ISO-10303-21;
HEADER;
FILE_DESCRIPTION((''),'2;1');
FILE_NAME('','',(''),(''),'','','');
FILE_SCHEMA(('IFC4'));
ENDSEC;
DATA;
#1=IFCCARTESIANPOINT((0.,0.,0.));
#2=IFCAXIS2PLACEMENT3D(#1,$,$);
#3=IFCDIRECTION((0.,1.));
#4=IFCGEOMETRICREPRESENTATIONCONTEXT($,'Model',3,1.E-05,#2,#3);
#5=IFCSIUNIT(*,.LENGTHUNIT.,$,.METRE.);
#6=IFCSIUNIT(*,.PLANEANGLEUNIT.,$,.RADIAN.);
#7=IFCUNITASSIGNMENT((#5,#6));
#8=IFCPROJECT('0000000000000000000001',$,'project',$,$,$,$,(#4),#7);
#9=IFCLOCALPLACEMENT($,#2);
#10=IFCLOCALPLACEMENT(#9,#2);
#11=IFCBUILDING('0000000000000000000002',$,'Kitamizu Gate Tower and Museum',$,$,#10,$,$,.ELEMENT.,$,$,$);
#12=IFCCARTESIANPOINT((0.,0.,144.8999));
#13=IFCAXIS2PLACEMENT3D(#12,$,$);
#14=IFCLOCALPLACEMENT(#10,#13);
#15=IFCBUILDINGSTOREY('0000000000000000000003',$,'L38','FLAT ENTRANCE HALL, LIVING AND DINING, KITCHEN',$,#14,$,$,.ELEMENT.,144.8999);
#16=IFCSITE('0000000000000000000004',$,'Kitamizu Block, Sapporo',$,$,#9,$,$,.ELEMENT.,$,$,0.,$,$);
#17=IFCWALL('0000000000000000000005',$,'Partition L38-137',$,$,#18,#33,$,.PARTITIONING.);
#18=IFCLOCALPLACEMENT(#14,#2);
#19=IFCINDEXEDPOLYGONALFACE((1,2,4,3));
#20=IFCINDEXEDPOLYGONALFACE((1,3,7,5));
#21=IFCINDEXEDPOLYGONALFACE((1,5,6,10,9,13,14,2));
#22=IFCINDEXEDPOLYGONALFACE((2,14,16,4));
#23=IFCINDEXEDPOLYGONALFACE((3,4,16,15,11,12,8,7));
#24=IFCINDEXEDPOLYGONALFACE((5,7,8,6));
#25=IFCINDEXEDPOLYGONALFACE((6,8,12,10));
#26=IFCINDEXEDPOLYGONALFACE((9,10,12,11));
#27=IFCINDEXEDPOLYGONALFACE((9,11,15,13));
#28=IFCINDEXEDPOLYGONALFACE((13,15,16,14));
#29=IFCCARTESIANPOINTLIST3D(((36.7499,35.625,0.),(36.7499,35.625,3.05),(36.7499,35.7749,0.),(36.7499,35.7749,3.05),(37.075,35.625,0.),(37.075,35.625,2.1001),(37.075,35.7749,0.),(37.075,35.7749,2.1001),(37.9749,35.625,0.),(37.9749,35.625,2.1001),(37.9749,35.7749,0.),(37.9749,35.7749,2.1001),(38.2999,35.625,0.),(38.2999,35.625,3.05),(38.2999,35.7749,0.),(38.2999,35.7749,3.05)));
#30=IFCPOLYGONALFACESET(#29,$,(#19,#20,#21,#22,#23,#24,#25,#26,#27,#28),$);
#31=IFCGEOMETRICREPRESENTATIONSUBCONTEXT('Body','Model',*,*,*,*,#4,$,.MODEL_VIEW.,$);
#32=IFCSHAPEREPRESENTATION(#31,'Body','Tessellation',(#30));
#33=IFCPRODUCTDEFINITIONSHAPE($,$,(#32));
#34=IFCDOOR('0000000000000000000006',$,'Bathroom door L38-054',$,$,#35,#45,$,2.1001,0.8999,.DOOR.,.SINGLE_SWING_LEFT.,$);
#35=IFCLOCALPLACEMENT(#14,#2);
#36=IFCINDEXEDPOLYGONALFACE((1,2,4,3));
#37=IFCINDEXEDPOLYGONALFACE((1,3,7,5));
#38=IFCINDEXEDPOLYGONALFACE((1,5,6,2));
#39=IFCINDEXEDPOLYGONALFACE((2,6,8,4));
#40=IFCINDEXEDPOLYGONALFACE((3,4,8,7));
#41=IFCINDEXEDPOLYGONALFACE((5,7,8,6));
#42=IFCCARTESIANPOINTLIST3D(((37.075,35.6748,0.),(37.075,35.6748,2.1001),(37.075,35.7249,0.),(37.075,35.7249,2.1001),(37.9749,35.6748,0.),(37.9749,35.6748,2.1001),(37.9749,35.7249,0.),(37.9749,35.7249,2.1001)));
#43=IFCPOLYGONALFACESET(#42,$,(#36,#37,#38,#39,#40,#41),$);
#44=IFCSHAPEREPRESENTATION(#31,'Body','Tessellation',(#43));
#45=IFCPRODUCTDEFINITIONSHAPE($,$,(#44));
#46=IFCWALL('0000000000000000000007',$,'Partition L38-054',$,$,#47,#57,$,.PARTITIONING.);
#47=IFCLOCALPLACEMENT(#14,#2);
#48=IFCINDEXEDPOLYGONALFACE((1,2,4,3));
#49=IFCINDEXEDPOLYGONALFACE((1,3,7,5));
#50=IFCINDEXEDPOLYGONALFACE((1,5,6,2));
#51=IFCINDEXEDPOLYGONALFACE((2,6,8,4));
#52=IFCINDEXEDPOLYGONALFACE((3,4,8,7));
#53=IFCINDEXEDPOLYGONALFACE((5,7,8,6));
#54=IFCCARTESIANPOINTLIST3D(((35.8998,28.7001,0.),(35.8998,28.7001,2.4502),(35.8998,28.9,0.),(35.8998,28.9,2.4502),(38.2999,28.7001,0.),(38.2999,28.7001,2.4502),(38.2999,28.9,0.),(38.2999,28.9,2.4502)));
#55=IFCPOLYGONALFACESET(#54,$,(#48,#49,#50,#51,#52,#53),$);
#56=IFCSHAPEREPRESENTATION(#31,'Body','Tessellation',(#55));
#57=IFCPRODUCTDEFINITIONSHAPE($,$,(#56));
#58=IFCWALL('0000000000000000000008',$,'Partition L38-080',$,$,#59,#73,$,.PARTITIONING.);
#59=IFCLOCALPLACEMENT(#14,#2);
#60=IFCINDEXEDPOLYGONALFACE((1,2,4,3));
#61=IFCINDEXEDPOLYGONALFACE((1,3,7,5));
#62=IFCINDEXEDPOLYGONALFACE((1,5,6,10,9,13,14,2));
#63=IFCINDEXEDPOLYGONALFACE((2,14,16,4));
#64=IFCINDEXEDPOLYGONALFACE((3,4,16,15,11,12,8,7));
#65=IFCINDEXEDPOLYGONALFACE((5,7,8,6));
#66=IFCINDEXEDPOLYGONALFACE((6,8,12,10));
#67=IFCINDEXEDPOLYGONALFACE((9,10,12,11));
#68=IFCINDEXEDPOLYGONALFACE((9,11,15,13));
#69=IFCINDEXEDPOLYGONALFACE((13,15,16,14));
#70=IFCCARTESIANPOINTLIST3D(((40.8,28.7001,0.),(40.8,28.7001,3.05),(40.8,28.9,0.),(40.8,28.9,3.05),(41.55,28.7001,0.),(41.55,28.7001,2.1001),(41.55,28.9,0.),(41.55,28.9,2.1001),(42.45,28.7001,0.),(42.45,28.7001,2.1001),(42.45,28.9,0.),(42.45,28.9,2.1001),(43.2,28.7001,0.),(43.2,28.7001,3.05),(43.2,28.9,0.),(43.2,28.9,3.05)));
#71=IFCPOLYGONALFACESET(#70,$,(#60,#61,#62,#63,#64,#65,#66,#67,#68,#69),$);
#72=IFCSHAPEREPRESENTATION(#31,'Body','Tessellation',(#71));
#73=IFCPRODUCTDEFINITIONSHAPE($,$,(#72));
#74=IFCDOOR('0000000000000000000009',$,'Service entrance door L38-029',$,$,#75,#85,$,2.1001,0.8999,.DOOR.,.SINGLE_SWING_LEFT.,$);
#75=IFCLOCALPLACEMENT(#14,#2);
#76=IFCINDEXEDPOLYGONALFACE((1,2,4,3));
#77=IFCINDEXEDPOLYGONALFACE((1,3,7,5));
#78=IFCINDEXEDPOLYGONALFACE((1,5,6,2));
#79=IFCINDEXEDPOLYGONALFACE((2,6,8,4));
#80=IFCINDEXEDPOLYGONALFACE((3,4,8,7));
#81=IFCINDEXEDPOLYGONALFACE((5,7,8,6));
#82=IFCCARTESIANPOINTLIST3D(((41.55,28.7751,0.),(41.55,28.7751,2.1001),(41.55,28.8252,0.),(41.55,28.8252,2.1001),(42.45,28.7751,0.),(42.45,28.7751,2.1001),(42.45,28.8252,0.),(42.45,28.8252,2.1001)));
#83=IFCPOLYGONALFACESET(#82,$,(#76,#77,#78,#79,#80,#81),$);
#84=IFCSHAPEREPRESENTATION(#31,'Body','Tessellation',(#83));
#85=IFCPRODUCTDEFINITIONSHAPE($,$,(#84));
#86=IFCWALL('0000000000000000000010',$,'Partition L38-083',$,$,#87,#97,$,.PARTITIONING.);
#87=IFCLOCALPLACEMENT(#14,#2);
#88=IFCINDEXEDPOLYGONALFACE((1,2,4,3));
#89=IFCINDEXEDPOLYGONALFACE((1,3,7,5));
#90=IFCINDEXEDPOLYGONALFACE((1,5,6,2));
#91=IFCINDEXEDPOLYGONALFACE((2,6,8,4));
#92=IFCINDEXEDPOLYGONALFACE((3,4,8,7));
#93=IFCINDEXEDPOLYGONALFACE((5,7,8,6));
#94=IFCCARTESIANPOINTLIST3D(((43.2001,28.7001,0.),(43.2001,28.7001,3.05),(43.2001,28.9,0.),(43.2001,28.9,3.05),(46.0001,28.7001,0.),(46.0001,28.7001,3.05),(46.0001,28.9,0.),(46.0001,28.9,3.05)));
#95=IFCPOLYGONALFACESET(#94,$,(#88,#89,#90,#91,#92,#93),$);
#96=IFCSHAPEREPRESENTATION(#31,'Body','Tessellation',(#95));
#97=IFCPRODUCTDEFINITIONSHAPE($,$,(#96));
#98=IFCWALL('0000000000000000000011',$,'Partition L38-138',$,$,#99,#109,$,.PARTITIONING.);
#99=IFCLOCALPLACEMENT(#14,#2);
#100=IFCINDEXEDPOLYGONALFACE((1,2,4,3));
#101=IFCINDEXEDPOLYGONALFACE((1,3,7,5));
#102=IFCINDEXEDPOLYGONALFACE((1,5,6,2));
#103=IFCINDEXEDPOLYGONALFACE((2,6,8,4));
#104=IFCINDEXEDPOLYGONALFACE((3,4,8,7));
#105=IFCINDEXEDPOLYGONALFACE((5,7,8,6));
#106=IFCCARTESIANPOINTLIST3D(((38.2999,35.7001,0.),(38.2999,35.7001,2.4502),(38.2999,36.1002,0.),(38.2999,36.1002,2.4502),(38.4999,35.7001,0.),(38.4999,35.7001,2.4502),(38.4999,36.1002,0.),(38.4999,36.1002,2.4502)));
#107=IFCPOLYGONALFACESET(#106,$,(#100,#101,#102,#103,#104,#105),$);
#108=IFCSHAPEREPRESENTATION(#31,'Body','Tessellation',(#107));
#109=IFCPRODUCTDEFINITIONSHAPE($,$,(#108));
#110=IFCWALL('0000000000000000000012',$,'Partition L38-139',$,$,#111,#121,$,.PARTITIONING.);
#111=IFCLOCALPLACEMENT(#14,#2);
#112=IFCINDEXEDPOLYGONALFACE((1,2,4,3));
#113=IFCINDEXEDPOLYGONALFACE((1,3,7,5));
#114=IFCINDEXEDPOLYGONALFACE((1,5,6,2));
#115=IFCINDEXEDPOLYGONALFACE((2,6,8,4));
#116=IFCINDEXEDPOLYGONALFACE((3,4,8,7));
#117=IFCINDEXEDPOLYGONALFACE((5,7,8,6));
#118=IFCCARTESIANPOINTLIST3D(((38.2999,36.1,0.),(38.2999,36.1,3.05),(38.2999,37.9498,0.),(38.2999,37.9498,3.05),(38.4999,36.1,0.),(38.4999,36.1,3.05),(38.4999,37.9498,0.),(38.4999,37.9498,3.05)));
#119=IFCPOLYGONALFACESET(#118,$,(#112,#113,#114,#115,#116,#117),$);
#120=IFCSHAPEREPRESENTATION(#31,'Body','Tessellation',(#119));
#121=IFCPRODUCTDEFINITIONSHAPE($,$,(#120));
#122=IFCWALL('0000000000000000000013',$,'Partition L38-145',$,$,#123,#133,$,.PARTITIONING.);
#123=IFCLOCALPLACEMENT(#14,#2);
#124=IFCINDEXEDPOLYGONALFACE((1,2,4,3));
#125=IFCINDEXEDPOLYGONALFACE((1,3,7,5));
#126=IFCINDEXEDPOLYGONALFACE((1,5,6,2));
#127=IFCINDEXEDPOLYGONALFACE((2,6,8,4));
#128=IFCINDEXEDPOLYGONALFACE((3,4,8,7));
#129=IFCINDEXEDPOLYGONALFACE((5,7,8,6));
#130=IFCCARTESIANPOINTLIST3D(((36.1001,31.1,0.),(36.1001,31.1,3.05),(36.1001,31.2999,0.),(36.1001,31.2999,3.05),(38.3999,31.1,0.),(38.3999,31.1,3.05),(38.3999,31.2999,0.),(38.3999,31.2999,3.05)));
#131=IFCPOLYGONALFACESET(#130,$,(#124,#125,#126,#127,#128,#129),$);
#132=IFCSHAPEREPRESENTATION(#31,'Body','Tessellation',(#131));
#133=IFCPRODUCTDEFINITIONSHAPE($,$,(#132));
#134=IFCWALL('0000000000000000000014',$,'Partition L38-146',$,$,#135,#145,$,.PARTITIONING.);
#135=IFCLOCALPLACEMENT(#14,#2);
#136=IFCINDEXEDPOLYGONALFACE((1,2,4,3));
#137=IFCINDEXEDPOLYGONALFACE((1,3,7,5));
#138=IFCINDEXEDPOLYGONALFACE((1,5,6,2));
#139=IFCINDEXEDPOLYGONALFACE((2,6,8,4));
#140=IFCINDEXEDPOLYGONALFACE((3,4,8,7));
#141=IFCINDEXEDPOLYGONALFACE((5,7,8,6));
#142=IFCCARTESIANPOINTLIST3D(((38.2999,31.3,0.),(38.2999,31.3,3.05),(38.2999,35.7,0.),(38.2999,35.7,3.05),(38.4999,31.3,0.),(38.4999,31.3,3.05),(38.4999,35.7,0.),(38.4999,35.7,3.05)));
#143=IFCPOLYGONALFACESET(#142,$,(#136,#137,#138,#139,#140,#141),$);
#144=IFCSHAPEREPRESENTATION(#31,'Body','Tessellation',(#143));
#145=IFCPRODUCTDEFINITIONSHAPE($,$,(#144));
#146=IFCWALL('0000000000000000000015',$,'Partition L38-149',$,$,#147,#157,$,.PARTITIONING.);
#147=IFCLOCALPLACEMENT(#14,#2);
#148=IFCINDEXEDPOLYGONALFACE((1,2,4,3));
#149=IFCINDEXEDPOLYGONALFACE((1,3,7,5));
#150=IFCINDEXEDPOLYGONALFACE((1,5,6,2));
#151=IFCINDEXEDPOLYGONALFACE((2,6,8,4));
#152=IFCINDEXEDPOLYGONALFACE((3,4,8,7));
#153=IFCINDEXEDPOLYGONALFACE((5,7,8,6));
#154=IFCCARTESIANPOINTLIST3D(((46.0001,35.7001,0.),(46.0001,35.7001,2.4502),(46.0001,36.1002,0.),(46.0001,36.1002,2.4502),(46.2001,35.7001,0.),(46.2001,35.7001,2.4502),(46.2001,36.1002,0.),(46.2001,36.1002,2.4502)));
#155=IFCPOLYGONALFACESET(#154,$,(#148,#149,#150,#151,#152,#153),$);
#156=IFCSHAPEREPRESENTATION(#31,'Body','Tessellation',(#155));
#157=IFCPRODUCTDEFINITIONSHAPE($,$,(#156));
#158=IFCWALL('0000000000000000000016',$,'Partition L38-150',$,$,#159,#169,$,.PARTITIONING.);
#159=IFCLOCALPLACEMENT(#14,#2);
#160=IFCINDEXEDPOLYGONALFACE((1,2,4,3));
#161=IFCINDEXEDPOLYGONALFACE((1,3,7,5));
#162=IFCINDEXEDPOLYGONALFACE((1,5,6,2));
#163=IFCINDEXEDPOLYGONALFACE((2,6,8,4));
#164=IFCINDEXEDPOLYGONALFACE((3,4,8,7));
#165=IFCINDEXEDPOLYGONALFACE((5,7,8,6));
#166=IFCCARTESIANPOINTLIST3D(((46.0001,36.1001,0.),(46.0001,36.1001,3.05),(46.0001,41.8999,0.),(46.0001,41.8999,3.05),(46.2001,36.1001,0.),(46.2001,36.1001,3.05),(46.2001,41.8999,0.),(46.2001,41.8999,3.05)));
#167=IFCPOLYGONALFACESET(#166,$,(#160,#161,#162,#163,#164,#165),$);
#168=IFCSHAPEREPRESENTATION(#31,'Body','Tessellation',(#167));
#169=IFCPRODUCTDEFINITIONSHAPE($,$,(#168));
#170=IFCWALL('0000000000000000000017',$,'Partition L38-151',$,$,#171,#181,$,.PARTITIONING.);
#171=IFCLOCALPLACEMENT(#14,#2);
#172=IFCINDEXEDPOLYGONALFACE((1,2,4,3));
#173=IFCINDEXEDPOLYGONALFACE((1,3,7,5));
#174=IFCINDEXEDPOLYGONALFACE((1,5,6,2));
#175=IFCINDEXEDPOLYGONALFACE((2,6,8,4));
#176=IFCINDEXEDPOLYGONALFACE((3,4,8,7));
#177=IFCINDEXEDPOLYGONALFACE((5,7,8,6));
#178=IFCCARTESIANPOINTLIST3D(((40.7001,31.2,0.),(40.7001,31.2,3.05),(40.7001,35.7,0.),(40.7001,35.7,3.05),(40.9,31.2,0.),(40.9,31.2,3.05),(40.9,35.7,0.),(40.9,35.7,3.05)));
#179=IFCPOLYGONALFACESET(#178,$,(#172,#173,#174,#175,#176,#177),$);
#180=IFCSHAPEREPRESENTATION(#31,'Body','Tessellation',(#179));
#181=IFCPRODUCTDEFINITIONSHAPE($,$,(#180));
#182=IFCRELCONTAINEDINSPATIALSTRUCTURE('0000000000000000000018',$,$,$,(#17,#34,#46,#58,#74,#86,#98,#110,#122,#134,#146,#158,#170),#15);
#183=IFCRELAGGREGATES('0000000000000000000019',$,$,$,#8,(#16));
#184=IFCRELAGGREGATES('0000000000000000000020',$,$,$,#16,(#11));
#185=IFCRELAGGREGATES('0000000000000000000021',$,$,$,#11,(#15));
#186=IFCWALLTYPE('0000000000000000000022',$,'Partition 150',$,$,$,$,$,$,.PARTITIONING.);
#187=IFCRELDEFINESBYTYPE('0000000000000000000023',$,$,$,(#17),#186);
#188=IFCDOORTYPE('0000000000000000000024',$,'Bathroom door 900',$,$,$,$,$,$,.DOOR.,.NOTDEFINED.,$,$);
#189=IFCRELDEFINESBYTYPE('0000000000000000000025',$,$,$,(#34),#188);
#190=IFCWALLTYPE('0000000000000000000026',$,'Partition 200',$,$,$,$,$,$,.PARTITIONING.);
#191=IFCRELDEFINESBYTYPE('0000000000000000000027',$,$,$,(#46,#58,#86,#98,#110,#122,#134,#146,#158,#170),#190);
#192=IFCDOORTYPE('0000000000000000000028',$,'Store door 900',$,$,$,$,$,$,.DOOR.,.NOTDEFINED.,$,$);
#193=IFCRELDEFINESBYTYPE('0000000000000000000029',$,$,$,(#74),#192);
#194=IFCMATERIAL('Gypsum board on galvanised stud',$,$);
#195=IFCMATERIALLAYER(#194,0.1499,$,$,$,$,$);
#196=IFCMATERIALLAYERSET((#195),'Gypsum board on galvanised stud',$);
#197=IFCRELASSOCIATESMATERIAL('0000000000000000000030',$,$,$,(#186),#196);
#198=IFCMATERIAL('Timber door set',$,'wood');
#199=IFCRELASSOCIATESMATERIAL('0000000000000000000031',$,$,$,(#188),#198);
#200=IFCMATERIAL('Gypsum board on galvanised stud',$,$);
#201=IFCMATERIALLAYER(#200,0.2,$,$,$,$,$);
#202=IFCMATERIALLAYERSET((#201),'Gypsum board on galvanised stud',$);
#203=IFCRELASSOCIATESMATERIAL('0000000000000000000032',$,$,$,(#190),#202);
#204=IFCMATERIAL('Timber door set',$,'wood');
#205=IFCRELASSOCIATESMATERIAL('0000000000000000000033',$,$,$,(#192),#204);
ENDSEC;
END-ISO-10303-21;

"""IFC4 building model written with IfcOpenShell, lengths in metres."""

from ifc_helpers import new_model, si_unit, direction, frame, frame_2d, origin, place, context, subcontext, project, spatial, rectangle, extrude, material, layer, layer_set, type_object, element, fill, save


model = new_model("IFC4")

# Units and contexts
model_context = context("Model", 3, precision=1e-05, world=origin(), true_north=direction((0.0, 1.0)))
body_context = subcontext(model_context, "Body", "Model", "MODEL_VIEW")
ifc_project = project(units=[si_unit("LENGTHUNIT", "METRE"), si_unit("PLANEANGLEUNIT", "RADIAN")], contexts=[model_context])

# Site, building, storey
site_placement = place(None, origin())
site = spatial("IfcSite", under=ifc_project, at=site_placement, Name="Kitamizu Block, Sapporo", CompositionType="ELEMENT", RefElevation=0.0)
building_placement = place(site_placement, origin())
building = spatial("IfcBuilding", under=site, at=building_placement, Name="Kitamizu Gate Tower and Museum", CompositionType="ELEMENT")
storey_placement = place(building_placement, frame((0.0, 0.0, 144.8999)))
storey = spatial("IfcBuildingStorey", under=building, at=storey_placement, Name="L38", Description="FLAT ENTRANCE HALL, LIVING AND DINING, KITCHEN", CompositionType="ELEMENT", Elevation=144.8999)

# Shared definitions
ifc_material_1 = material(Name="Gypsum board on galvanised stud")
ifc_layer_1 = layer(ifc_material_1, 0.1499)
ifc_layer_set_1 = layer_set([ifc_layer_1], Name="Gypsum board on galvanised stud")
wall_type_1 = type_object("IfcWallType", Name="Partition 150", PredefinedType="PARTITIONING", material=ifc_layer_set_1)

# Wall, opening, door
wall_1_placement = place(storey_placement, frame((36.75, 35.7, 0.0), z_axis=(0.0, 0.0, 1.0), x_axis=(1.0, 0.0, 0.0)))
wall_1 = element("IfcWall", 1, at=wall_1_placement, inside=storey, type_object=wall_type_1, Name="Partition L38-137", PredefinedType="PARTITIONING", context=body_context, shape_type="SweptSolid", body=[
    extrude(rectangle(XDim=1.55, YDim=0.1499, at=frame_2d((0.7749, 0.0))), origin(), (0.0, 0.0, 1.0), 3.05),
])
opening_1_placement = place(wall_1_placement, frame((0.325, 0.0, 0.0)))
opening_1 = element("IfcOpeningElement", 2, at=opening_1_placement, cuts=wall_1, PredefinedType="OPENING", context=body_context, shape_type="SweptSolid", body=[
    extrude(rectangle(XDim=0.8999, YDim=2.1001, at=frame_2d((0.45, 1.05))), frame((0.0, 0.085, 0.0), z_axis=(0.0, -1.0, 0.0), x_axis=(1.0, 0.0, 0.0)), (0.0, 0.0, 1.0), 0.1699),
])
ifc_material_2 = material(Name="Timber door set", Category="wood")
door_type_1 = type_object("IfcDoorType", Name="Bathroom door 900", OperationType="NOTDEFINED", PredefinedType="DOOR", material=ifc_material_2)
door_1_placement = place(opening_1_placement, origin())
door_1 = element("IfcDoor", 3, at=door_1_placement, inside=storey, type_object=door_type_1, Name="Bathroom door L38-054", OperationType="SINGLE_SWING_LEFT", OverallHeight=2.1001, OverallWidth=0.8999, PredefinedType="DOOR", context=body_context, shape_type="SweptSolid", body=[
    extrude(rectangle(XDim=0.8999, YDim=2.1001, at=frame_2d((0.45, 1.05))), frame((0.0, 0.0249, 0.0), z_axis=(0.0, -1.0, 0.0), x_axis=(1.0, 0.0, 0.0)), (0.0, 0.0, 1.0), 0.05),
])
fill(opening_1, door_1)

# Wall
ifc_material_3 = material(Name="Gypsum board on galvanised stud")
ifc_layer_2 = layer(ifc_material_3, 0.2)
ifc_layer_set_2 = layer_set([ifc_layer_2], Name="Gypsum board on galvanised stud")
wall_type_2 = type_object("IfcWallType", Name="Partition 200", PredefinedType="PARTITIONING", material=ifc_layer_set_2)
wall_2_placement = place(storey_placement, frame((38.3, 28.8, 0.0), z_axis=(0.0, 0.0, 1.0), x_axis=(-1.0, 0.0, 0.0)))
element("IfcWall", 4, at=wall_2_placement, inside=storey, type_object=wall_type_2, Name="Partition L38-054", PredefinedType="PARTITIONING", context=body_context, shape_type="SweptSolid", body=[
    extrude(rectangle(XDim=2.4001, YDim=0.2, at=frame_2d((1.2002, 0.0))), origin(), (0.0, 0.0, 1.0), 2.4502),
])

# Wall, opening, door
wall_3_placement = place(storey_placement, frame((43.2, 28.8, 0.0), z_axis=(0.0, 0.0, 1.0), x_axis=(-1.0, 0.0, 0.0)))
wall_3 = element("IfcWall", 5, at=wall_3_placement, inside=storey, type_object=wall_type_2, Name="Partition L38-080", PredefinedType="PARTITIONING", context=body_context, shape_type="SweptSolid", body=[
    extrude(rectangle(XDim=2.3999, YDim=0.2, at=frame_2d((1.2, 0.0))), origin(), (0.0, 0.0, 1.0), 3.05),
])
opening_2_placement = place(wall_3_placement, frame((0.75, 0.0, 0.0)))
opening_2 = element("IfcOpeningElement", 6, at=opening_2_placement, cuts=wall_3, PredefinedType="OPENING", context=body_context, shape_type="SweptSolid", body=[
    extrude(rectangle(XDim=0.8999, YDim=2.1001, at=frame_2d((0.45, 1.05))), frame((0.0, 0.1099, 0.0), z_axis=(0.0, -1.0, 0.0), x_axis=(1.0, 0.0, 0.0)), (0.0, 0.0, 1.0), 0.22),
])
ifc_material_4 = material(Name="Timber door set", Category="wood")
door_type_2 = type_object("IfcDoorType", Name="Store door 900", OperationType="NOTDEFINED", PredefinedType="DOOR", material=ifc_material_4)
door_2_placement = place(opening_2_placement, origin())
door_2 = element("IfcDoor", 7, at=door_2_placement, inside=storey, type_object=door_type_2, Name="Service entrance door L38-029", OperationType="SINGLE_SWING_LEFT", OverallHeight=2.1001, OverallWidth=0.8999, PredefinedType="DOOR", context=body_context, shape_type="SweptSolid", body=[
    extrude(rectangle(XDim=0.8999, YDim=2.1001, at=frame_2d((0.45, 1.05))), frame((0.0, 0.0249, 0.0), z_axis=(0.0, -1.0, 0.0), x_axis=(1.0, 0.0, 0.0)), (0.0, 0.0, 1.0), 0.05),
])
fill(opening_2, door_2)

# Walls
wall_4_placement = place(storey_placement, frame((46.0, 28.8, 0.0), z_axis=(0.0, 0.0, 1.0), x_axis=(-1.0, 0.0, 0.0)))
element("IfcWall", 8, at=wall_4_placement, inside=storey, type_object=wall_type_2, Name="Partition L38-083", PredefinedType="PARTITIONING", context=body_context, shape_type="SweptSolid", body=[
    extrude(rectangle(XDim=2.8, YDim=0.2, at=frame_2d((1.3999, 0.0))), origin(), (0.0, 0.0, 1.0), 3.05),
])
wall_5_placement = place(storey_placement, frame((38.3999, 35.7, 0.0), z_axis=(0.0, 0.0, 1.0), x_axis=(0.0, 1.0, 0.0)))
element("IfcWall", 9, at=wall_5_placement, inside=storey, type_object=wall_type_2, Name="Partition L38-138", PredefinedType="PARTITIONING", context=body_context, shape_type="SweptSolid", body=[
    extrude(rectangle(XDim=0.4001, YDim=0.2, at=frame_2d((0.2002, 0.0))), origin(), (0.0, 0.0, 1.0), 2.4502),
])
wall_6_placement = place(storey_placement, frame((38.3999, 36.1001, 0.0), z_axis=(0.0, 0.0, 1.0), x_axis=(0.0, 1.0, 0.0)))
element("IfcWall", 10, at=wall_6_placement, inside=storey, type_object=wall_type_2, Name="Partition L38-139", PredefinedType="PARTITIONING", context=body_context, shape_type="SweptSolid", body=[
    extrude(rectangle(XDim=1.8499, YDim=0.2, at=frame_2d((0.9248, 0.0))), origin(), (0.0, 0.0, 1.0), 3.05),
])
wall_7_placement = place(storey_placement, frame((36.1001, 31.2, 0.0), z_axis=(0.0, 0.0, 1.0), x_axis=(1.0, 0.0, 0.0)))
element("IfcWall", 11, at=wall_7_placement, inside=storey, type_object=wall_type_2, Name="Partition L38-145", PredefinedType="PARTITIONING", context=body_context, shape_type="SweptSolid", body=[
    extrude(rectangle(XDim=2.2998, YDim=0.2, at=frame_2d((1.1499, 0.0))), origin(), (0.0, 0.0, 1.0), 3.05),
])
wall_8_placement = place(storey_placement, frame((38.3999, 31.3, 0.0), z_axis=(0.0, 0.0, 1.0), x_axis=(0.0, 1.0, 0.0)))
element("IfcWall", 12, at=wall_8_placement, inside=storey, type_object=wall_type_2, Name="Partition L38-146", PredefinedType="PARTITIONING", context=body_context, shape_type="SweptSolid", body=[
    extrude(rectangle(XDim=4.3999, YDim=0.2, at=frame_2d((2.2, 0.0))), origin(), (0.0, 0.0, 1.0), 3.05),
])
wall_9_placement = place(storey_placement, frame((46.1001, 35.7, 0.0), z_axis=(0.0, 0.0, 1.0), x_axis=(0.0, 1.0, 0.0)))
element("IfcWall", 13, at=wall_9_placement, inside=storey, type_object=wall_type_2, Name="Partition L38-149", PredefinedType="PARTITIONING", context=body_context, shape_type="SweptSolid", body=[
    extrude(rectangle(XDim=0.4001, YDim=0.2, at=frame_2d((0.2002, 0.0))), origin(), (0.0, 0.0, 1.0), 2.4502),
])
wall_10_placement = place(storey_placement, frame((46.1001, 36.1001, 0.0), z_axis=(0.0, 0.0, 1.0), x_axis=(0.0, 1.0, 0.0)))
element("IfcWall", 14, at=wall_10_placement, inside=storey, type_object=wall_type_2, Name="Partition L38-150", PredefinedType="PARTITIONING", context=body_context, shape_type="SweptSolid", body=[
    extrude(rectangle(XDim=5.7998, YDim=0.2, at=frame_2d((2.8999, 0.0))), origin(), (0.0, 0.0, 1.0), 3.05),
])
wall_11_placement = place(storey_placement, frame((40.8, 35.7, 0.0), z_axis=(0.0, 0.0, 1.0), x_axis=(0.0, -1.0, 0.0)))
element("IfcWall", 15, at=wall_11_placement, inside=storey, type_object=wall_type_2, Name="Partition L38-151", PredefinedType="PARTITIONING", context=body_context, shape_type="SweptSolid", body=[
    extrude(rectangle(XDim=4.5, YDim=0.2, at=frame_2d((2.25, 0.0))), origin(), (0.0, 0.0, 1.0), 3.05),
])

save(model, "model.ifc")
